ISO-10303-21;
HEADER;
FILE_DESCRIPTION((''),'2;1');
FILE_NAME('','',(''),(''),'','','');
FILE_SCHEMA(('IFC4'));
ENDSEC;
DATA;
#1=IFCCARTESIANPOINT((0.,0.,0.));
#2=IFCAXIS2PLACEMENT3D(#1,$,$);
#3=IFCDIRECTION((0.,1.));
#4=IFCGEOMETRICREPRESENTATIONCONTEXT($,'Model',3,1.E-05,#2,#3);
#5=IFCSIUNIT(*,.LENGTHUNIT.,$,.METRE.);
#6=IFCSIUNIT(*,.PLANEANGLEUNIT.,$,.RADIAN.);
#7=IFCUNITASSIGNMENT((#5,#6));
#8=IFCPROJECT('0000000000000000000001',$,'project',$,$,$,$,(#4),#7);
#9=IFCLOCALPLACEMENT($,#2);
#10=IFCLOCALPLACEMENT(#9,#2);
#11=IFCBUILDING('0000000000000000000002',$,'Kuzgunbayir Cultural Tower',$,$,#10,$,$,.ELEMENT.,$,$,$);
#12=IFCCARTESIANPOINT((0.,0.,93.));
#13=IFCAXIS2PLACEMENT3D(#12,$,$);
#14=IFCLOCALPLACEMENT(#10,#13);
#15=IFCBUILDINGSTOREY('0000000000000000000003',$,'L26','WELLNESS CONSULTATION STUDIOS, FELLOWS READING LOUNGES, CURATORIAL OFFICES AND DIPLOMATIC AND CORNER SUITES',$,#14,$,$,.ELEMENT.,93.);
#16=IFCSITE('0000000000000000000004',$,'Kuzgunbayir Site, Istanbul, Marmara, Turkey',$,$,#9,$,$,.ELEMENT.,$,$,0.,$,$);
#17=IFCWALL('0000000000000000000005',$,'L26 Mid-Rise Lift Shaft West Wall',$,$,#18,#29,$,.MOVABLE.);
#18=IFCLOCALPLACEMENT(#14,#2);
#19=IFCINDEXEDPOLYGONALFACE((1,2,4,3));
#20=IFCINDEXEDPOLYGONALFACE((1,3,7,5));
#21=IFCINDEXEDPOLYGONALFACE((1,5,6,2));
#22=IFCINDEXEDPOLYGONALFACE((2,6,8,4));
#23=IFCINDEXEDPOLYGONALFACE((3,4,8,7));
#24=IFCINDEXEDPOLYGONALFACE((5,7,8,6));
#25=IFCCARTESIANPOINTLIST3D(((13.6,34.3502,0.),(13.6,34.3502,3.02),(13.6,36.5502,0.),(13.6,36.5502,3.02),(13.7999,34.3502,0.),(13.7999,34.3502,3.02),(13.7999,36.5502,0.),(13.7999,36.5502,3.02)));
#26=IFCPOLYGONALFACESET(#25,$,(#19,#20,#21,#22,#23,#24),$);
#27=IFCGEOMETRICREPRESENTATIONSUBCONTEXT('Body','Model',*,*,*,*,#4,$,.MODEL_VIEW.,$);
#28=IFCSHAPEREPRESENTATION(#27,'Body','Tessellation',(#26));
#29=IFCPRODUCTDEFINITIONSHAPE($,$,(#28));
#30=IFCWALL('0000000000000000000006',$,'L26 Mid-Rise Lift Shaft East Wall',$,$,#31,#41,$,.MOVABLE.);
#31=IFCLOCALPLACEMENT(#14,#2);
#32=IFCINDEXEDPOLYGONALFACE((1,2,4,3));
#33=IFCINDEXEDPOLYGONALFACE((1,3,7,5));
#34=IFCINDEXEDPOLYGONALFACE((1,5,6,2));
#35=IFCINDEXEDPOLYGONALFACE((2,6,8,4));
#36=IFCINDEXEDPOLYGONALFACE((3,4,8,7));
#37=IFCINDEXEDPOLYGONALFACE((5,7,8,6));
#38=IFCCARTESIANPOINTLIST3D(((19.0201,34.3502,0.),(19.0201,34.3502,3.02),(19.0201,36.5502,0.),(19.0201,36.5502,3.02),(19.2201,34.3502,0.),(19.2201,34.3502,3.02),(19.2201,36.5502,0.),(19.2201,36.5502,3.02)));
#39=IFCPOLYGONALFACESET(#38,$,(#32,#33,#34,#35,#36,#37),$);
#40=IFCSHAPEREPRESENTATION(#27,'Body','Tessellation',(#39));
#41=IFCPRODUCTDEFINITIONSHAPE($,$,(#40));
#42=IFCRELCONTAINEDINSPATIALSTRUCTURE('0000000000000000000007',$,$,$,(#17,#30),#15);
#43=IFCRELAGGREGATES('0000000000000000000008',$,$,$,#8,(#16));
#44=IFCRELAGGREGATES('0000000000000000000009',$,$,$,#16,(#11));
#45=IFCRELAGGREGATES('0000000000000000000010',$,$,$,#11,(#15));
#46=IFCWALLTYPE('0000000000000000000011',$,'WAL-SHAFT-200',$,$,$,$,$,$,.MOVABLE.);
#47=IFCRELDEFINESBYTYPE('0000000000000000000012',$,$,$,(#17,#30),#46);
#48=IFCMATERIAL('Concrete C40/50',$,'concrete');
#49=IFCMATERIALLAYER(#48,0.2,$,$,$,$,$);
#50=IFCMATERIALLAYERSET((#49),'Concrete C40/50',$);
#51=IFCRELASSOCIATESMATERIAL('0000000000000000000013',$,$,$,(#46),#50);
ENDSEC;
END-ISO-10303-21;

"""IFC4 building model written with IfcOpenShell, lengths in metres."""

from ifc_helpers import new_model, si_unit, direction, frame, frame_2d, origin, place, context, subcontext, project, spatial, rectangle, extrude, material, layer, layer_set, type_object, element, save


model = new_model("IFC4")

# Units and contexts
model_context = context("Model", 3, precision=1e-05, world=origin(), true_north=direction((0.0, 1.0)))
body_context = subcontext(model_context, "Body", "Model", "MODEL_VIEW")
ifc_project = project(units=[si_unit("LENGTHUNIT", "METRE"), si_unit("PLANEANGLEUNIT", "RADIAN")], contexts=[model_context])

# Site, building, storey
site_placement = place(None, origin())
site = spatial("IfcSite", under=ifc_project, at=site_placement, Name="Kuzgunbayir Site, Istanbul, Marmara, Turkey", CompositionType="ELEMENT", RefElevation=0.0)
building_placement = place(site_placement, origin())
building = spatial("IfcBuilding", under=site, at=building_placement, Name="Kuzgunbayir Cultural Tower", CompositionType="ELEMENT")
storey_placement = place(building_placement, frame((0.0, 0.0, 93.0)))
storey = spatial("IfcBuildingStorey", under=building, at=storey_placement, Name="L26", Description="WELLNESS CONSULTATION STUDIOS, FELLOWS READING LOUNGES, CURATORIAL OFFICES AND DIPLOMATIC AND CORNER SUITES", CompositionType="ELEMENT", Elevation=93.0)

# Shared definitions
ifc_material_1 = material(Name="Concrete C40/50", Category="concrete")
ifc_layer_1 = layer(ifc_material_1, 0.2)
ifc_layer_set_1 = layer_set([ifc_layer_1], Name="Concrete C40/50")
wall_type_1 = type_object("IfcWallType", Name="WAL-SHAFT-200", PredefinedType="MOVABLE", material=ifc_layer_set_1)

# Walls
for number, where, z_axis, x_axis, name in (
    (1, (13.7, 34.3501, 0.0), (0.0, 0.0, 1.0), (0.0, 1.0, 0.0), "L26 Mid-Rise Lift Shaft West Wall"),
    (2, (19.1201, 34.3501, 0.0), (0.0, 0.0, 1.0), (0.0, 1.0, 0.0), "L26 Mid-Rise Lift Shaft East Wall"),
):
    element("IfcWall", number, at=place(storey_placement, frame(where, z_axis=z_axis, x_axis=x_axis)), inside=storey, type_object=wall_type_1, Name=name, PredefinedType="MOVABLE", context=body_context, shape_type="SweptSolid", body=[
        extrude(rectangle(XDim=2.2, YDim=0.2, at=frame_2d((1.1001, 0.0))), origin(), (0.0, 0.0, 1.0), 3.02),
    ])

save(model, "model.ifc")
